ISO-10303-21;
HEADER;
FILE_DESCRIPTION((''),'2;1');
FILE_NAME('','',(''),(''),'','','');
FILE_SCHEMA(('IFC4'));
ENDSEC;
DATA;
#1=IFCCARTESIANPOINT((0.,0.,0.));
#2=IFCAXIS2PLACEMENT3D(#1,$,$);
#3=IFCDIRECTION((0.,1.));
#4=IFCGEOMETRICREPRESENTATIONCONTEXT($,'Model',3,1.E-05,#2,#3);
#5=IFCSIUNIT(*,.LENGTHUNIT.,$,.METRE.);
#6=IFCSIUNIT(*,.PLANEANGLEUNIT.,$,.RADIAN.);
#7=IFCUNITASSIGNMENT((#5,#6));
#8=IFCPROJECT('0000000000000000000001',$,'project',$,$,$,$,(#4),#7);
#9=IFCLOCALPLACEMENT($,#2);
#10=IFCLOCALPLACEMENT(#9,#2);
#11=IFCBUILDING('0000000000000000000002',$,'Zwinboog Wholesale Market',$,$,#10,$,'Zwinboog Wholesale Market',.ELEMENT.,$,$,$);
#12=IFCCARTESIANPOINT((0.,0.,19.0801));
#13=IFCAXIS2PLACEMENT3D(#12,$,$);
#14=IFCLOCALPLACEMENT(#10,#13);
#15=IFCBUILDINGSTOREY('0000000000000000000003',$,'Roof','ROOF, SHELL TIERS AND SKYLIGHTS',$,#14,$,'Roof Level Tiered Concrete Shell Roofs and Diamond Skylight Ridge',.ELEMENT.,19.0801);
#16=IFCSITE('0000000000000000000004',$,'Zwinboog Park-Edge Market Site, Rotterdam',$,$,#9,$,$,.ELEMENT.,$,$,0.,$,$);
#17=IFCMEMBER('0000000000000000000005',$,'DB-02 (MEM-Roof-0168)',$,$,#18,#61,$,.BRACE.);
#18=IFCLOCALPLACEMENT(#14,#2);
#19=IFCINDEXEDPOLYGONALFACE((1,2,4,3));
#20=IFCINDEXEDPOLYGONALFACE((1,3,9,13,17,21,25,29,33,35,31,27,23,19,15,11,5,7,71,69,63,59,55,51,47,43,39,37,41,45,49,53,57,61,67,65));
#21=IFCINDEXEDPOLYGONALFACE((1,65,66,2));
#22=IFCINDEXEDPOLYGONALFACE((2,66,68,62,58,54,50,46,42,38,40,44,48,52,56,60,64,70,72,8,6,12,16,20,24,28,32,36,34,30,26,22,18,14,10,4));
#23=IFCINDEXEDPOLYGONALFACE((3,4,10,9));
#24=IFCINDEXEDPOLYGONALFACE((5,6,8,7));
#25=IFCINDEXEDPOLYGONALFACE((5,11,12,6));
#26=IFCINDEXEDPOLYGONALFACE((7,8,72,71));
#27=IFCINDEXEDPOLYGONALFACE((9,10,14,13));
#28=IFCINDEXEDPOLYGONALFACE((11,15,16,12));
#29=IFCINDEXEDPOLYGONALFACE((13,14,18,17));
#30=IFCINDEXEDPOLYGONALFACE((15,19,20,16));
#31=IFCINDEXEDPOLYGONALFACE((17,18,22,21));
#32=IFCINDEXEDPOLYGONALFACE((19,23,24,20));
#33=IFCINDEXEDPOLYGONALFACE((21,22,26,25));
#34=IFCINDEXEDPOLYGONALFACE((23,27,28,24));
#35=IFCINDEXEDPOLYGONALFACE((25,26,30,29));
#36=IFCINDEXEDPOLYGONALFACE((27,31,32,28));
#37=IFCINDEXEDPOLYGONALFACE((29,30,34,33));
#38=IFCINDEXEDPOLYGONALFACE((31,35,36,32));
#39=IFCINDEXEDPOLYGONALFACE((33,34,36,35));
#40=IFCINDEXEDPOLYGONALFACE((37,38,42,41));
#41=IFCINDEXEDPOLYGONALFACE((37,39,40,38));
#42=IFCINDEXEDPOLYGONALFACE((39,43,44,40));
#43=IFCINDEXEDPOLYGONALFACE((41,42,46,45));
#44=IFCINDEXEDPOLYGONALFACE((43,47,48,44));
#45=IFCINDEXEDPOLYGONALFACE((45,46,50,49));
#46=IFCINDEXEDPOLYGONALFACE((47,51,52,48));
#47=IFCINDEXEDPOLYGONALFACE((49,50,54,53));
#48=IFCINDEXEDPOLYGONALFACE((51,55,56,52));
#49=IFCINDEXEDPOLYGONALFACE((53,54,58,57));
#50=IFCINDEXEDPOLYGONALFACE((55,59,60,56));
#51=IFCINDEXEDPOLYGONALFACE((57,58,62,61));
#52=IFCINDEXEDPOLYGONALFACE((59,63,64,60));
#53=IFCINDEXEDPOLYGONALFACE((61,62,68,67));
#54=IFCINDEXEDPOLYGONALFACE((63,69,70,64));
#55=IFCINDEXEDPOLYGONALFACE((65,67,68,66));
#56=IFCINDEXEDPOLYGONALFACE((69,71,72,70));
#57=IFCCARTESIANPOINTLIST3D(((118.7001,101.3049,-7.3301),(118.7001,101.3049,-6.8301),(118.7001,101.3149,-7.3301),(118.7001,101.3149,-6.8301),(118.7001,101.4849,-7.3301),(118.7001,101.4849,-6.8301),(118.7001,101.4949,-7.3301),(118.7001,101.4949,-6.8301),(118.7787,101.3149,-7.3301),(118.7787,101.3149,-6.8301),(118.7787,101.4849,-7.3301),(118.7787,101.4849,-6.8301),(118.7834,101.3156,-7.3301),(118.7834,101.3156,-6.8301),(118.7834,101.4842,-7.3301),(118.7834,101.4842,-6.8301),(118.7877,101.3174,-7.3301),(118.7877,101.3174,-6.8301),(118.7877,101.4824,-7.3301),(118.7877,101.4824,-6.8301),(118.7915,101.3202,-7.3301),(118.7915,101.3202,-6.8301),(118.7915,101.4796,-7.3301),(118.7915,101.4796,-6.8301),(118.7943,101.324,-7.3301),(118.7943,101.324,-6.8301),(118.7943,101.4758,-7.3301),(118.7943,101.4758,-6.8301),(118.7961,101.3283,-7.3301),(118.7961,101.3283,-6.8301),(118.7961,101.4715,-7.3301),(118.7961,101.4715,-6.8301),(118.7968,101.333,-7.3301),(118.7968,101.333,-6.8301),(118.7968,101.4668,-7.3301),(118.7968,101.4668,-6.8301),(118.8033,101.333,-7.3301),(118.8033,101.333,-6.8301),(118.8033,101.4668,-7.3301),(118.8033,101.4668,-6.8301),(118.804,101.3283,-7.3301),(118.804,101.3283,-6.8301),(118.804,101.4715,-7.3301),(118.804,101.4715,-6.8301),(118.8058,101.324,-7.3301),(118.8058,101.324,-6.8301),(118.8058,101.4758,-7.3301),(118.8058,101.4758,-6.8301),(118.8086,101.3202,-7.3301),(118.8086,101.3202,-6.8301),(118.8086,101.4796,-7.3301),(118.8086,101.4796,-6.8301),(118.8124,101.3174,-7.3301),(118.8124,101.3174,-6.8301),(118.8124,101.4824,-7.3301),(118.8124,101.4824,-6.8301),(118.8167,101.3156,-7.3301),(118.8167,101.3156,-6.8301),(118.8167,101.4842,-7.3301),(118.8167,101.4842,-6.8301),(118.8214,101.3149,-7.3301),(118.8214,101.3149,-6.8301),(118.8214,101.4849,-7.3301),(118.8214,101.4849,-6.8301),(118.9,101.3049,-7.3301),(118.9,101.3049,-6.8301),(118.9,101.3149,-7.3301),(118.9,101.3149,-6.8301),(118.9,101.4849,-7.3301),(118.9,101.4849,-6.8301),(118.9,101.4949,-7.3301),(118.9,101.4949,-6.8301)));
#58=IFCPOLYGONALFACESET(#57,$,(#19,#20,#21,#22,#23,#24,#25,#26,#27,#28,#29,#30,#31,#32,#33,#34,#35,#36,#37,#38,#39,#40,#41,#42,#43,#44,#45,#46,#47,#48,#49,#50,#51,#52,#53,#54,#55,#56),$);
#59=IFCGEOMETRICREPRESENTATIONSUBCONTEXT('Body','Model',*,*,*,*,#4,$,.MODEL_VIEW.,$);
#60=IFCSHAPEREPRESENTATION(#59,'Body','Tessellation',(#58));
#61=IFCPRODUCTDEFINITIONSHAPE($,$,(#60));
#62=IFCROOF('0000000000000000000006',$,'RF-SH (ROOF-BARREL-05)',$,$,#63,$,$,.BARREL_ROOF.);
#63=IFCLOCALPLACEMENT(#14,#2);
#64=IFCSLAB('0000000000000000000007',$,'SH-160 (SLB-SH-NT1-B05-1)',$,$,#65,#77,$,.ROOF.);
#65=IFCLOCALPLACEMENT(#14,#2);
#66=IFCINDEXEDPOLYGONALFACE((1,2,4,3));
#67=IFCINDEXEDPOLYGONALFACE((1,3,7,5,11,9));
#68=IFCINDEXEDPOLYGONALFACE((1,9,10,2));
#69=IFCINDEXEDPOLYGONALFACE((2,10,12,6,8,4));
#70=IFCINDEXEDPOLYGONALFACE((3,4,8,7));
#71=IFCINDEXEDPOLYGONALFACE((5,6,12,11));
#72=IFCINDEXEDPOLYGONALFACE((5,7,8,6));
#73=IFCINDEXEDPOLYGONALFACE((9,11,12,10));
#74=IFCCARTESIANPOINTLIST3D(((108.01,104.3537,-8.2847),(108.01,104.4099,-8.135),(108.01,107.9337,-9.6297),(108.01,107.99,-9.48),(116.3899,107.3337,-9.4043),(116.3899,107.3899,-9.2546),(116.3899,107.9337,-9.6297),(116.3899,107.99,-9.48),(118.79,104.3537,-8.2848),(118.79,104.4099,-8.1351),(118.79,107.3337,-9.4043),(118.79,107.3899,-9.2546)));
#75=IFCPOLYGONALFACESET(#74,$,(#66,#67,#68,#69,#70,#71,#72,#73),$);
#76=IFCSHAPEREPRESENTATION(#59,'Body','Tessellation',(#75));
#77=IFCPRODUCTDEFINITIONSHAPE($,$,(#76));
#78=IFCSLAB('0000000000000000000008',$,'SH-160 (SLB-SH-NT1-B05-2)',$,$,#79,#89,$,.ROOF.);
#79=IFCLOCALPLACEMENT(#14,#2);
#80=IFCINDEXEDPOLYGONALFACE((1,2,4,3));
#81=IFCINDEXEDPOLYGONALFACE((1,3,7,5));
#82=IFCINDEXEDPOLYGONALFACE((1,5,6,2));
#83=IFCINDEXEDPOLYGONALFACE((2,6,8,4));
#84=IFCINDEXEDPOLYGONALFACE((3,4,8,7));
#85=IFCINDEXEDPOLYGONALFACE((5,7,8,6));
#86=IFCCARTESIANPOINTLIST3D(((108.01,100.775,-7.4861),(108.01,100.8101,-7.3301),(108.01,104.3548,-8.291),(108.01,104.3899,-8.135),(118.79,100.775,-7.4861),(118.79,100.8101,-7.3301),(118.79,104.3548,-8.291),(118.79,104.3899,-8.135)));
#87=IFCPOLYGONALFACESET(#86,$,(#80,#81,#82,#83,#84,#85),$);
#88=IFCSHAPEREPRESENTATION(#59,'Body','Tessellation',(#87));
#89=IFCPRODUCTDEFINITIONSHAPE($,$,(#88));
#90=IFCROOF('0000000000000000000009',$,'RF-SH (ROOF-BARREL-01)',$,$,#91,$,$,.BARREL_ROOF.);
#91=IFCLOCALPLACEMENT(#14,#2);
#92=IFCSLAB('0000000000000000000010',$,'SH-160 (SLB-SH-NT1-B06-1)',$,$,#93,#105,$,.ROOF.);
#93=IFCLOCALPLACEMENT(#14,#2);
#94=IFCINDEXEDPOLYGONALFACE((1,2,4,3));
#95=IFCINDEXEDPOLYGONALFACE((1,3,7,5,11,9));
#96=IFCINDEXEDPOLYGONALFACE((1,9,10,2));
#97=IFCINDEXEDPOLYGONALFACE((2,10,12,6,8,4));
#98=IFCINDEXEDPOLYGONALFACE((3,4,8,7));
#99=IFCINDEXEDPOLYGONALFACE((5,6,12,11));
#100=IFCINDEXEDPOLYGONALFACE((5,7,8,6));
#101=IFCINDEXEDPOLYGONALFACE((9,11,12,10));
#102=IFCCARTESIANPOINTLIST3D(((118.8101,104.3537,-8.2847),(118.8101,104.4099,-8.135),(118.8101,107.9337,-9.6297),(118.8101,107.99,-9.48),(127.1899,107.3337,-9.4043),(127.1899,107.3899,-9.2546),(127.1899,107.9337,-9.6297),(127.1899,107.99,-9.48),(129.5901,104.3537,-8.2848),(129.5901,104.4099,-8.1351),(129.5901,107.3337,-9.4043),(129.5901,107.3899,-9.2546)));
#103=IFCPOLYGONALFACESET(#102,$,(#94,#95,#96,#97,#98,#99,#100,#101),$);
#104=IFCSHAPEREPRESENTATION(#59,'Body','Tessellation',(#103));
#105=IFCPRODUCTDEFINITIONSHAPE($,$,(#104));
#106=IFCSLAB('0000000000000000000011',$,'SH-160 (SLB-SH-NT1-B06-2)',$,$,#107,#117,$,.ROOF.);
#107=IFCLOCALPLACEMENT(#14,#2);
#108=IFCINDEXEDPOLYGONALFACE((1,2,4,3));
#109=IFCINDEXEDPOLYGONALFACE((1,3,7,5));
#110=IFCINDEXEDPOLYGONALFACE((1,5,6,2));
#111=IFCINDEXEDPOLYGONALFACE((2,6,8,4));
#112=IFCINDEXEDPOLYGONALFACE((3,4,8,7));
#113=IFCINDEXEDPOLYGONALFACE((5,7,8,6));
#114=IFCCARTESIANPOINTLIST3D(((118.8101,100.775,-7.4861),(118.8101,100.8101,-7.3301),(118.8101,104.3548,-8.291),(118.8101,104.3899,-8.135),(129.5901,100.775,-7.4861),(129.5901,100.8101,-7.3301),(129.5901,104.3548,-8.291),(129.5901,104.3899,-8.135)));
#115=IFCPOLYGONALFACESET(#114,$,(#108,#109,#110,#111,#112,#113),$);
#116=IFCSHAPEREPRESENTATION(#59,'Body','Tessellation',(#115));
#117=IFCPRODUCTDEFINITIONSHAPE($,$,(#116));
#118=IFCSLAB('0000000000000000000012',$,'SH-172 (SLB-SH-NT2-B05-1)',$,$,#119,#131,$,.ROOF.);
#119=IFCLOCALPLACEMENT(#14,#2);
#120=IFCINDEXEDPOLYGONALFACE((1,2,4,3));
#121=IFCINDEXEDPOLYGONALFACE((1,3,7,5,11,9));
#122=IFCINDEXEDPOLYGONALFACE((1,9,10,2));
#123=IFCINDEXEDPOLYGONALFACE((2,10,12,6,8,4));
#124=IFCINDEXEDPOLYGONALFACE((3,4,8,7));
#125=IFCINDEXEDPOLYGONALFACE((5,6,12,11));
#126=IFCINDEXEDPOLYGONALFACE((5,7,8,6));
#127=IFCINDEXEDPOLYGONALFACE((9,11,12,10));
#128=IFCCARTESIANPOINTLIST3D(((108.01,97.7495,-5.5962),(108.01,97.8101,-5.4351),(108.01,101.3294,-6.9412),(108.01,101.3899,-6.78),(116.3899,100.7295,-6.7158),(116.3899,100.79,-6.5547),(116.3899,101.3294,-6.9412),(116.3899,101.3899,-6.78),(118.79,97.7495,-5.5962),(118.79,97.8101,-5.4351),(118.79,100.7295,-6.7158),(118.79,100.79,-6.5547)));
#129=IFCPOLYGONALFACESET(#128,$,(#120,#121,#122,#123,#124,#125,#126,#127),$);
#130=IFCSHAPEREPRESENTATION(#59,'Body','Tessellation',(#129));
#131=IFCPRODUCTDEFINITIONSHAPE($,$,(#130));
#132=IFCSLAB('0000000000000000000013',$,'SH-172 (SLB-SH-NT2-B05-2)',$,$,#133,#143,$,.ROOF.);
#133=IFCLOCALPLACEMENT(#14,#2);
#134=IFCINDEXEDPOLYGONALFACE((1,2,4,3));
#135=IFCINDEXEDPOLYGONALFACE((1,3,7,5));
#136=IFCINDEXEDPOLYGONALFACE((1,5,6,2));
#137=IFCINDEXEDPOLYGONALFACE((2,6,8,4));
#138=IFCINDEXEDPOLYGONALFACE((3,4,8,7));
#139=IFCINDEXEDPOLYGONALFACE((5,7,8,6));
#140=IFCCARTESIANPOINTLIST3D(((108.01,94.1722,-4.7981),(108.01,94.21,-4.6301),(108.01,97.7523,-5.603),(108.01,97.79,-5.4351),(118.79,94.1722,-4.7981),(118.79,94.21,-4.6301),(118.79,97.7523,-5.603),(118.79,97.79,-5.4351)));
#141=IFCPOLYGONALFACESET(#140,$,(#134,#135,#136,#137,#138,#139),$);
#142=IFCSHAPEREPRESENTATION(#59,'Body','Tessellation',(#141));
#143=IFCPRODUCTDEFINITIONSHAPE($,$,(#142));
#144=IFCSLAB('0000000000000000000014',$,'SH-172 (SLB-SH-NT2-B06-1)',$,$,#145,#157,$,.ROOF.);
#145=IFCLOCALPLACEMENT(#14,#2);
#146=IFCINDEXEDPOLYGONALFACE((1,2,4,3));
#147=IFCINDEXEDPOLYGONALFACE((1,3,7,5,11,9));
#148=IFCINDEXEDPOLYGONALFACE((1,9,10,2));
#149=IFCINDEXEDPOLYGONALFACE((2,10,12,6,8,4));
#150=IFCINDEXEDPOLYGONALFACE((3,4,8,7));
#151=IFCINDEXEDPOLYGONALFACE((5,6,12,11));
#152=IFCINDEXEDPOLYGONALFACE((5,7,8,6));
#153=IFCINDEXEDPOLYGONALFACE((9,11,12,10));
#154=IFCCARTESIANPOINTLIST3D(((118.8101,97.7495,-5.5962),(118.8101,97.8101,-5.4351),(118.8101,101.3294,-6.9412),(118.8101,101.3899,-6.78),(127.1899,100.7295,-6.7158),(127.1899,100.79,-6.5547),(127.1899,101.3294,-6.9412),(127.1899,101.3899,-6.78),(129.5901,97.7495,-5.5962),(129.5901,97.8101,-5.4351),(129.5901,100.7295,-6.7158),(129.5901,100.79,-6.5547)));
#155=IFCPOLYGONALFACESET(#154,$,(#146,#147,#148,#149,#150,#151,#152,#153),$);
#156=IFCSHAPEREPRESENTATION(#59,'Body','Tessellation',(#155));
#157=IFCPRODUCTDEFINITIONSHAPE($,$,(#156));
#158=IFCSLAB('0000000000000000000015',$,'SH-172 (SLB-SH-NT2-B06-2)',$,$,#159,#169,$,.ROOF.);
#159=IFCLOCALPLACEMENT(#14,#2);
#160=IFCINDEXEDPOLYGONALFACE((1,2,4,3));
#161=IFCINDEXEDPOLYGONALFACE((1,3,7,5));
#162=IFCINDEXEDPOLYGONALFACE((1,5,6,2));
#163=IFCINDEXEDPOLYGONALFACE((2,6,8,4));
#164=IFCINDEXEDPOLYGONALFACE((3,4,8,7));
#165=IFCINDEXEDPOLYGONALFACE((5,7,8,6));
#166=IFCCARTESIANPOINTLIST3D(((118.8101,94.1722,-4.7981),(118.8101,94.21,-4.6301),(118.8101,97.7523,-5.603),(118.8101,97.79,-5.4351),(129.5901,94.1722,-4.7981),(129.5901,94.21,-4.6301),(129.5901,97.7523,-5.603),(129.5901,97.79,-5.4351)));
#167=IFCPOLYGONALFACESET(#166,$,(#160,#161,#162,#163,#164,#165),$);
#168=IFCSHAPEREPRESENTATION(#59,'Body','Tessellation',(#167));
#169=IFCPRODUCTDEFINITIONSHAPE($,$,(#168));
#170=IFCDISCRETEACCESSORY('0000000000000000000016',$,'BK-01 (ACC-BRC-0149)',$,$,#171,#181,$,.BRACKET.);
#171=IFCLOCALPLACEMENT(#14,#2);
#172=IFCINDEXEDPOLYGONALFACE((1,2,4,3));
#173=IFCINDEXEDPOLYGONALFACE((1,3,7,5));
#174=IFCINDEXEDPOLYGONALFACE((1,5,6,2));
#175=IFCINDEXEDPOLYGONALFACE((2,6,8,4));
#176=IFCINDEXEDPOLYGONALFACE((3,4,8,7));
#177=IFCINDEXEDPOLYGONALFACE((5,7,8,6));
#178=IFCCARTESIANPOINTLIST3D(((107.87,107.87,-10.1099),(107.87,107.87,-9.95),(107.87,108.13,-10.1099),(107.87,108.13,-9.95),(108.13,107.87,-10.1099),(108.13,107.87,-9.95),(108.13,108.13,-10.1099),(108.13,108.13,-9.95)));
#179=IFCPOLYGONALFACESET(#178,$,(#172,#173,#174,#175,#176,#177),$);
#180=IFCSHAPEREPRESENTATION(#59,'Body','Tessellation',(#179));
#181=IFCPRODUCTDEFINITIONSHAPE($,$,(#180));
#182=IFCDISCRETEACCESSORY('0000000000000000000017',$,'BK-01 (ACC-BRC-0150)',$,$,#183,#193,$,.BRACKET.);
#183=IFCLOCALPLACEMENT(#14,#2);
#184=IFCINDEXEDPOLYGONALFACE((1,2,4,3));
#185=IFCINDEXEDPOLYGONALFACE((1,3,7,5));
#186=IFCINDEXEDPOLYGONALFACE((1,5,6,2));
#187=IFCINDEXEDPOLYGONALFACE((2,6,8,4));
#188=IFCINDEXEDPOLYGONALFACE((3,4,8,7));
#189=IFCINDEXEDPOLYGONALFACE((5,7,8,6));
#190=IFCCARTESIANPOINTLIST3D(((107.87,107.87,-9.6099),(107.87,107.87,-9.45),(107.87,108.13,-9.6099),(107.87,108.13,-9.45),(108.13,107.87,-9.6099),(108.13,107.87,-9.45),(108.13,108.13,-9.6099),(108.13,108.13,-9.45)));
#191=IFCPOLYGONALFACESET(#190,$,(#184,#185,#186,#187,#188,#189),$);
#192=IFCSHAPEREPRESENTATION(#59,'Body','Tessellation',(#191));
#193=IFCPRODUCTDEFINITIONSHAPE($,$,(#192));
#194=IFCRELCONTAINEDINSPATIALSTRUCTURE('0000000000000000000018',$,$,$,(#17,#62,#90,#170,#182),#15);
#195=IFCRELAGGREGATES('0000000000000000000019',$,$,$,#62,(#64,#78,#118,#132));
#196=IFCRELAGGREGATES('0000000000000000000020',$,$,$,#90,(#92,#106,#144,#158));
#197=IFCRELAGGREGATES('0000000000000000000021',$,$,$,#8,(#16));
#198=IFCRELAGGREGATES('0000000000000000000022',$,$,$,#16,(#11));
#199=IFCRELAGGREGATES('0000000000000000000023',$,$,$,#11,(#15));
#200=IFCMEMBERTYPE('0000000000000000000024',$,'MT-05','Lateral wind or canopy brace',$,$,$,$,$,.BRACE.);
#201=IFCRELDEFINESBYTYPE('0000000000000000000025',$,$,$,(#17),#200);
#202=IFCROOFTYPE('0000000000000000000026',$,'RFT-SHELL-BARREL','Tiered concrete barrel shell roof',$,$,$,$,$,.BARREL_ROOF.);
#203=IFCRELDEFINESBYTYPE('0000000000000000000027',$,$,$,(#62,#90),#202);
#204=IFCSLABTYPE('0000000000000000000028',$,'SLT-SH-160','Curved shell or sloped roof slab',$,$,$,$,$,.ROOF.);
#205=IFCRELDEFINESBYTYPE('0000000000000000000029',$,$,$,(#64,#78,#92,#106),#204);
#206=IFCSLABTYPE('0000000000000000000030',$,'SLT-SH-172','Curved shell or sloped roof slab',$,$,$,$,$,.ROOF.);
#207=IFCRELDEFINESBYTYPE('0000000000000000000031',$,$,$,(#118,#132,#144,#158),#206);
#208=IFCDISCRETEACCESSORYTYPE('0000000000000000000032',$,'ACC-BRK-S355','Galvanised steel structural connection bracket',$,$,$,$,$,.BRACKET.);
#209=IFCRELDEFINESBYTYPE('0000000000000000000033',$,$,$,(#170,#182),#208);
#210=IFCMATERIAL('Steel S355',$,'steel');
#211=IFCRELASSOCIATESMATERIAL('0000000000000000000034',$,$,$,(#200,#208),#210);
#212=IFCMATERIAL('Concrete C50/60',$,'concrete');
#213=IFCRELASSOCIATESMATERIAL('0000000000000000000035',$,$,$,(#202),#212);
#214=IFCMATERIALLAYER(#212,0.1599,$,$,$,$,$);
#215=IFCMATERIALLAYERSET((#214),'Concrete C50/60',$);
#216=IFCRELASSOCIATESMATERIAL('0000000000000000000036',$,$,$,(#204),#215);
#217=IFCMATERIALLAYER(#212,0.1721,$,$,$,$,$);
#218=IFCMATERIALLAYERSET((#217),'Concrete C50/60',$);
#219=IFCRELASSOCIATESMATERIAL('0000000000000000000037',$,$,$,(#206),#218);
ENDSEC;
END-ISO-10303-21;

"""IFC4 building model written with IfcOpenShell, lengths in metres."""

from ifc_helpers import new_model, si_unit, direction, frame, origin, origin_2d, place, context, subcontext, project, spatial, polyline, rectangle, i_section, outline, extrude, material, layer, layer_set, material_profile, profile_set, type_object, element, aggregate, save


model = new_model("IFC4")

# Units and contexts
model_context = context("Model", 3, precision=1e-05, world=origin(), true_north=direction((0.0, 1.0)))
body_context = subcontext(model_context, "Body", "Model", "MODEL_VIEW")
ifc_project = project(units=[si_unit("LENGTHUNIT", "METRE"), si_unit("PLANEANGLEUNIT", "RADIAN")], contexts=[model_context])

# Site, building, storey
site_placement = place(None, origin())
site = spatial("IfcSite", under=ifc_project, at=site_placement, Name="Zwinboog Park-Edge Market Site, Rotterdam", CompositionType="ELEMENT", RefElevation=0.0)
building_placement = place(site_placement, origin())
building = spatial("IfcBuilding", under=site, at=building_placement, Name="Zwinboog Wholesale Market", LongName="Zwinboog Wholesale Market", CompositionType="ELEMENT")
storey_placement = place(building_placement, frame((0.0, 0.0, 19.0801)))
storey = spatial("IfcBuildingStorey", under=building, at=storey_placement, Name="Roof", Description="ROOF, SHELL TIERS AND SKYLIGHTS", LongName="Roof Level Tiered Concrete Shell Roofs and Diamond Skylight Ridge", CompositionType="ELEMENT", Elevation=19.0801)

# Member
ifc_material_1 = material(Name="Steel S355", Category="steel")
ifc_material_profile_1 = material_profile(ifc_material_1, i_section(OverallWidth=0.2, OverallDepth=0.1899, WebThickness=0.0066, FlangeThickness=0.01, FilletRadius=0.0181, at=origin_2d()), Name="HEA 200")
ifc_profile_set_1 = profile_set([ifc_material_profile_1], Name="Steel S355")
member_type_1 = type_object("IfcMemberType", Name="MT-05", Description="Lateral wind or canopy brace", PredefinedType="BRACE", material=ifc_profile_set_1)
for number, where, z_axis, x_axis, name in (
    (1, (118.8, 101.3999, -7.3301), (0.0, 0.0, 1.0), (1.0, 0.0, 0.0), "DB-02 (MEM-Roof-0168)"),
):
    element("IfcMember", number, at=place(storey_placement, frame(where, z_axis=z_axis, x_axis=x_axis)), inside=storey, type_object=member_type_1, Name=name, PredefinedType="BRACE", context=body_context, shape_type="SweptSolid", body=[
        extrude(i_section(OverallWidth=0.2, OverallDepth=0.1899, WebThickness=0.0066, FlangeThickness=0.01, FilletRadius=0.0181, at=origin_2d()), origin(), (0.0, 0.0, 1.0), 0.5),
    ])

# Roofs, slabs
ifc_material_2 = material(Name="Concrete C50/60", Category="concrete")
roof_type = type_object("IfcRoofType", Name="RFT-SHELL-BARREL", Description="Tiered concrete barrel shell roof", PredefinedType="BARREL_ROOF", material=ifc_material_2)
roof_1_placement = place(storey_placement, origin())
roof_1 = element("IfcRoof", 2, at=roof_1_placement, inside=storey, type_object=roof_type, Name="RF-SH (ROOF-BARREL-05)", PredefinedType="BARREL_ROOF")
ifc_layer_1 = layer(ifc_material_2, 0.1599)
ifc_layer_set_1 = layer_set([ifc_layer_1], Name="Concrete C50/60")
slab_type_1 = type_object("IfcSlabType", Name="SLT-SH-160", Description="Curved shell or sloped roof slab", PredefinedType="ROOF", material=ifc_layer_set_1)
slab_1_placement = place(storey_placement, frame((108.01, 104.4099, -8.135), z_axis=(0.000005, 0.351689, 0.936117), x_axis=(1.0, -0.000002, -0.000004)))
slab_1 = element("IfcSlab", 3, at=slab_1_placement, type_object=slab_type_1, Name="SH-160 (SLB-SH-NT1-B05-1)", PredefinedType="ROOF", context=body_context, shape_type="SweptSolid", body=[
    extrude(outline(polyline([(0.0, 0.0), (10.78, 0.0), (10.78, 3.1834), (8.3799, 3.1834), (8.3799, 3.8244), (0.0, 3.8244), (0.0, 0.0)])), origin(), (0.0, 0.0, -1.0), 0.1599),
])
slab_2_placement = place(storey_placement, frame((108.01, 100.8101, -7.3301), z_axis=(0.0, 0.219374, 0.975641), x_axis=(1.0, 0.0, 0.0)))
slab_2 = element("IfcSlab", 4, at=slab_2_placement, type_object=slab_type_1, Name="SH-160 (SLB-SH-NT1-B05-2)", PredefinedType="ROOF", context=body_context, shape_type="SweptSolid", body=[
    extrude(outline(polyline([(0.0, 0.0), (10.78, 0.0), (10.78, 3.6692), (0.0, 3.6692), (0.0, 0.0)])), origin(), (0.0, 0.0, -1.0), 0.1599),
])
roof_2_placement = place(storey_placement, origin())
roof_2 = element("IfcRoof", 5, at=roof_2_placement, inside=storey, type_object=roof_type, Name="RF-SH (ROOF-BARREL-01)", PredefinedType="BARREL_ROOF")
slab_3_placement = place(storey_placement, frame((118.8101, 104.4099, -8.135), z_axis=(0.000005, 0.351689, 0.936117), x_axis=(1.0, -0.000002, -0.000004)))
slab_3 = element("IfcSlab", 6, at=slab_3_placement, type_object=slab_type_1, Name="SH-160 (SLB-SH-NT1-B06-1)", PredefinedType="ROOF", context=body_context, shape_type="SweptSolid", body=[
    extrude(outline(polyline([(0.0, 0.0), (10.78, 0.0), (10.78, 3.1834), (8.3799, 3.1834), (8.3799, 3.8244), (0.0, 3.8244), (0.0, 0.0)])), origin(), (0.0, 0.0, -1.0), 0.1599),
])
slab_4_placement = place(storey_placement, frame((118.8101, 100.8101, -7.3301), z_axis=(0.0, 0.219374, 0.975641), x_axis=(1.0, 0.0, 0.0)))
slab_4 = element("IfcSlab", 7, at=slab_4_placement, type_object=slab_type_1, Name="SH-160 (SLB-SH-NT1-B06-2)", PredefinedType="ROOF", context=body_context, shape_type="SweptSolid", body=[
    extrude(outline(polyline([(0.0, 0.0), (10.78, 0.0), (10.78, 3.6692), (0.0, 3.6692), (0.0, 0.0)])), origin(), (0.0, 0.0, -1.0), 0.1599),
])

# Slabs
ifc_layer_2 = layer(ifc_material_2, 0.1721)
ifc_layer_set_2 = layer_set([ifc_layer_2], Name="Concrete C50/60")
slab_type_2 = type_object("IfcSlabType", Name="SLT-SH-172", Description="Curved shell or sloped roof slab", PredefinedType="ROOF", material=ifc_layer_set_2)
slab_5_placement = place(storey_placement, frame((108.01, 97.8101, -5.4351), z_axis=(0.000001, 0.351706, 0.936111), x_axis=(1.0, 0.0, -0.000001)))
slab_5 = element("IfcSlab", 8, at=slab_5_placement, type_object=slab_type_2, Name="SH-172 (SLB-SH-NT2-B05-1)", PredefinedType="ROOF", context=body_context, shape_type="SweptSolid", body=[
    extrude(outline(polyline([(0.0, 0.0), (10.78, 0.0), (10.78, 3.1834), (8.3799, 3.1834), (8.3799, 3.8242), (0.0, 3.8242), (0.0, 0.0)])), origin(), (0.0, 0.0, -1.0), 0.1721),
])
slab_6_placement = place(storey_placement, frame((108.01, 94.21, -4.6301), z_axis=(0.0, 0.21936, 0.975644), x_axis=(1.0, 0.0, 0.0)))
slab_6 = element("IfcSlab", 9, at=slab_6_placement, type_object=slab_type_2, Name="SH-172 (SLB-SH-NT2-B05-2)", PredefinedType="ROOF", context=body_context, shape_type="SweptSolid", body=[
    extrude(outline(polyline([(0.0, 0.0), (10.78, 0.0), (10.78, 3.6695), (0.0, 3.6695), (0.0, 0.0)])), origin(), (0.0, 0.0, -1.0), 0.1721),
])
aggregate(roof_1, [slab_1, slab_2, slab_5, slab_6])
slab_7_placement = place(storey_placement, frame((118.8101, 97.8101, -5.4351), z_axis=(0.000001, 0.351706, 0.936111), x_axis=(1.0, 0.0, -0.000001)))
slab_7 = element("IfcSlab", 10, at=slab_7_placement, type_object=slab_type_2, Name="SH-172 (SLB-SH-NT2-B06-1)", PredefinedType="ROOF", context=body_context, shape_type="SweptSolid", body=[
    extrude(outline(polyline([(0.0, 0.0), (10.78, 0.0), (10.78, 3.1834), (8.3799, 3.1834), (8.3799, 3.8242), (0.0, 3.8242), (0.0, 0.0)])), origin(), (0.0, 0.0, -1.0), 0.1721),
])
slab_8_placement = place(storey_placement, frame((118.8101, 94.21, -4.6301), z_axis=(0.0, 0.21936, 0.975644), x_axis=(1.0, 0.0, 0.0)))
slab_8 = element("IfcSlab", 11, at=slab_8_placement, type_object=slab_type_2, Name="SH-172 (SLB-SH-NT2-B06-2)", PredefinedType="ROOF", context=body_context, shape_type="SweptSolid", body=[
    extrude(outline(polyline([(0.0, 0.0), (10.78, 0.0), (10.78, 3.6695), (0.0, 3.6695), (0.0, 0.0)])), origin(), (0.0, 0.0, -1.0), 0.1721),
])
aggregate(roof_2, [slab_3, slab_4, slab_7, slab_8])

# Discrete accessories
discrete_accessory_type = type_object("IfcDiscreteAccessoryType", Name="ACC-BRK-S355", Description="Galvanised steel structural connection bracket", PredefinedType="BRACKET", material=ifc_material_1)
for number, where, z_axis, x_axis, name in (
    (12, (108.0, 108.0, -10.1099), (0.0, 0.0, 1.0), (1.0, 0.0, 0.0), "BK-01 (ACC-BRC-0149)"),
    (13, (108.0, 108.0, -9.6099), (0.0, 0.0, 1.0), (1.0, 0.0, 0.0), "BK-01 (ACC-BRC-0150)"),
):
    element("IfcDiscreteAccessory", number, at=place(storey_placement, frame(where, z_axis=z_axis, x_axis=x_axis)), inside=storey, type_object=discrete_accessory_type, Name=name, PredefinedType="BRACKET", context=body_context, shape_type="SweptSolid", body=[
        extrude(rectangle(XDim=0.26, YDim=0.26, at=origin_2d()), origin(), (0.0, 0.0, 1.0), 0.1599),
    ])

save(model, "model.ifc")
